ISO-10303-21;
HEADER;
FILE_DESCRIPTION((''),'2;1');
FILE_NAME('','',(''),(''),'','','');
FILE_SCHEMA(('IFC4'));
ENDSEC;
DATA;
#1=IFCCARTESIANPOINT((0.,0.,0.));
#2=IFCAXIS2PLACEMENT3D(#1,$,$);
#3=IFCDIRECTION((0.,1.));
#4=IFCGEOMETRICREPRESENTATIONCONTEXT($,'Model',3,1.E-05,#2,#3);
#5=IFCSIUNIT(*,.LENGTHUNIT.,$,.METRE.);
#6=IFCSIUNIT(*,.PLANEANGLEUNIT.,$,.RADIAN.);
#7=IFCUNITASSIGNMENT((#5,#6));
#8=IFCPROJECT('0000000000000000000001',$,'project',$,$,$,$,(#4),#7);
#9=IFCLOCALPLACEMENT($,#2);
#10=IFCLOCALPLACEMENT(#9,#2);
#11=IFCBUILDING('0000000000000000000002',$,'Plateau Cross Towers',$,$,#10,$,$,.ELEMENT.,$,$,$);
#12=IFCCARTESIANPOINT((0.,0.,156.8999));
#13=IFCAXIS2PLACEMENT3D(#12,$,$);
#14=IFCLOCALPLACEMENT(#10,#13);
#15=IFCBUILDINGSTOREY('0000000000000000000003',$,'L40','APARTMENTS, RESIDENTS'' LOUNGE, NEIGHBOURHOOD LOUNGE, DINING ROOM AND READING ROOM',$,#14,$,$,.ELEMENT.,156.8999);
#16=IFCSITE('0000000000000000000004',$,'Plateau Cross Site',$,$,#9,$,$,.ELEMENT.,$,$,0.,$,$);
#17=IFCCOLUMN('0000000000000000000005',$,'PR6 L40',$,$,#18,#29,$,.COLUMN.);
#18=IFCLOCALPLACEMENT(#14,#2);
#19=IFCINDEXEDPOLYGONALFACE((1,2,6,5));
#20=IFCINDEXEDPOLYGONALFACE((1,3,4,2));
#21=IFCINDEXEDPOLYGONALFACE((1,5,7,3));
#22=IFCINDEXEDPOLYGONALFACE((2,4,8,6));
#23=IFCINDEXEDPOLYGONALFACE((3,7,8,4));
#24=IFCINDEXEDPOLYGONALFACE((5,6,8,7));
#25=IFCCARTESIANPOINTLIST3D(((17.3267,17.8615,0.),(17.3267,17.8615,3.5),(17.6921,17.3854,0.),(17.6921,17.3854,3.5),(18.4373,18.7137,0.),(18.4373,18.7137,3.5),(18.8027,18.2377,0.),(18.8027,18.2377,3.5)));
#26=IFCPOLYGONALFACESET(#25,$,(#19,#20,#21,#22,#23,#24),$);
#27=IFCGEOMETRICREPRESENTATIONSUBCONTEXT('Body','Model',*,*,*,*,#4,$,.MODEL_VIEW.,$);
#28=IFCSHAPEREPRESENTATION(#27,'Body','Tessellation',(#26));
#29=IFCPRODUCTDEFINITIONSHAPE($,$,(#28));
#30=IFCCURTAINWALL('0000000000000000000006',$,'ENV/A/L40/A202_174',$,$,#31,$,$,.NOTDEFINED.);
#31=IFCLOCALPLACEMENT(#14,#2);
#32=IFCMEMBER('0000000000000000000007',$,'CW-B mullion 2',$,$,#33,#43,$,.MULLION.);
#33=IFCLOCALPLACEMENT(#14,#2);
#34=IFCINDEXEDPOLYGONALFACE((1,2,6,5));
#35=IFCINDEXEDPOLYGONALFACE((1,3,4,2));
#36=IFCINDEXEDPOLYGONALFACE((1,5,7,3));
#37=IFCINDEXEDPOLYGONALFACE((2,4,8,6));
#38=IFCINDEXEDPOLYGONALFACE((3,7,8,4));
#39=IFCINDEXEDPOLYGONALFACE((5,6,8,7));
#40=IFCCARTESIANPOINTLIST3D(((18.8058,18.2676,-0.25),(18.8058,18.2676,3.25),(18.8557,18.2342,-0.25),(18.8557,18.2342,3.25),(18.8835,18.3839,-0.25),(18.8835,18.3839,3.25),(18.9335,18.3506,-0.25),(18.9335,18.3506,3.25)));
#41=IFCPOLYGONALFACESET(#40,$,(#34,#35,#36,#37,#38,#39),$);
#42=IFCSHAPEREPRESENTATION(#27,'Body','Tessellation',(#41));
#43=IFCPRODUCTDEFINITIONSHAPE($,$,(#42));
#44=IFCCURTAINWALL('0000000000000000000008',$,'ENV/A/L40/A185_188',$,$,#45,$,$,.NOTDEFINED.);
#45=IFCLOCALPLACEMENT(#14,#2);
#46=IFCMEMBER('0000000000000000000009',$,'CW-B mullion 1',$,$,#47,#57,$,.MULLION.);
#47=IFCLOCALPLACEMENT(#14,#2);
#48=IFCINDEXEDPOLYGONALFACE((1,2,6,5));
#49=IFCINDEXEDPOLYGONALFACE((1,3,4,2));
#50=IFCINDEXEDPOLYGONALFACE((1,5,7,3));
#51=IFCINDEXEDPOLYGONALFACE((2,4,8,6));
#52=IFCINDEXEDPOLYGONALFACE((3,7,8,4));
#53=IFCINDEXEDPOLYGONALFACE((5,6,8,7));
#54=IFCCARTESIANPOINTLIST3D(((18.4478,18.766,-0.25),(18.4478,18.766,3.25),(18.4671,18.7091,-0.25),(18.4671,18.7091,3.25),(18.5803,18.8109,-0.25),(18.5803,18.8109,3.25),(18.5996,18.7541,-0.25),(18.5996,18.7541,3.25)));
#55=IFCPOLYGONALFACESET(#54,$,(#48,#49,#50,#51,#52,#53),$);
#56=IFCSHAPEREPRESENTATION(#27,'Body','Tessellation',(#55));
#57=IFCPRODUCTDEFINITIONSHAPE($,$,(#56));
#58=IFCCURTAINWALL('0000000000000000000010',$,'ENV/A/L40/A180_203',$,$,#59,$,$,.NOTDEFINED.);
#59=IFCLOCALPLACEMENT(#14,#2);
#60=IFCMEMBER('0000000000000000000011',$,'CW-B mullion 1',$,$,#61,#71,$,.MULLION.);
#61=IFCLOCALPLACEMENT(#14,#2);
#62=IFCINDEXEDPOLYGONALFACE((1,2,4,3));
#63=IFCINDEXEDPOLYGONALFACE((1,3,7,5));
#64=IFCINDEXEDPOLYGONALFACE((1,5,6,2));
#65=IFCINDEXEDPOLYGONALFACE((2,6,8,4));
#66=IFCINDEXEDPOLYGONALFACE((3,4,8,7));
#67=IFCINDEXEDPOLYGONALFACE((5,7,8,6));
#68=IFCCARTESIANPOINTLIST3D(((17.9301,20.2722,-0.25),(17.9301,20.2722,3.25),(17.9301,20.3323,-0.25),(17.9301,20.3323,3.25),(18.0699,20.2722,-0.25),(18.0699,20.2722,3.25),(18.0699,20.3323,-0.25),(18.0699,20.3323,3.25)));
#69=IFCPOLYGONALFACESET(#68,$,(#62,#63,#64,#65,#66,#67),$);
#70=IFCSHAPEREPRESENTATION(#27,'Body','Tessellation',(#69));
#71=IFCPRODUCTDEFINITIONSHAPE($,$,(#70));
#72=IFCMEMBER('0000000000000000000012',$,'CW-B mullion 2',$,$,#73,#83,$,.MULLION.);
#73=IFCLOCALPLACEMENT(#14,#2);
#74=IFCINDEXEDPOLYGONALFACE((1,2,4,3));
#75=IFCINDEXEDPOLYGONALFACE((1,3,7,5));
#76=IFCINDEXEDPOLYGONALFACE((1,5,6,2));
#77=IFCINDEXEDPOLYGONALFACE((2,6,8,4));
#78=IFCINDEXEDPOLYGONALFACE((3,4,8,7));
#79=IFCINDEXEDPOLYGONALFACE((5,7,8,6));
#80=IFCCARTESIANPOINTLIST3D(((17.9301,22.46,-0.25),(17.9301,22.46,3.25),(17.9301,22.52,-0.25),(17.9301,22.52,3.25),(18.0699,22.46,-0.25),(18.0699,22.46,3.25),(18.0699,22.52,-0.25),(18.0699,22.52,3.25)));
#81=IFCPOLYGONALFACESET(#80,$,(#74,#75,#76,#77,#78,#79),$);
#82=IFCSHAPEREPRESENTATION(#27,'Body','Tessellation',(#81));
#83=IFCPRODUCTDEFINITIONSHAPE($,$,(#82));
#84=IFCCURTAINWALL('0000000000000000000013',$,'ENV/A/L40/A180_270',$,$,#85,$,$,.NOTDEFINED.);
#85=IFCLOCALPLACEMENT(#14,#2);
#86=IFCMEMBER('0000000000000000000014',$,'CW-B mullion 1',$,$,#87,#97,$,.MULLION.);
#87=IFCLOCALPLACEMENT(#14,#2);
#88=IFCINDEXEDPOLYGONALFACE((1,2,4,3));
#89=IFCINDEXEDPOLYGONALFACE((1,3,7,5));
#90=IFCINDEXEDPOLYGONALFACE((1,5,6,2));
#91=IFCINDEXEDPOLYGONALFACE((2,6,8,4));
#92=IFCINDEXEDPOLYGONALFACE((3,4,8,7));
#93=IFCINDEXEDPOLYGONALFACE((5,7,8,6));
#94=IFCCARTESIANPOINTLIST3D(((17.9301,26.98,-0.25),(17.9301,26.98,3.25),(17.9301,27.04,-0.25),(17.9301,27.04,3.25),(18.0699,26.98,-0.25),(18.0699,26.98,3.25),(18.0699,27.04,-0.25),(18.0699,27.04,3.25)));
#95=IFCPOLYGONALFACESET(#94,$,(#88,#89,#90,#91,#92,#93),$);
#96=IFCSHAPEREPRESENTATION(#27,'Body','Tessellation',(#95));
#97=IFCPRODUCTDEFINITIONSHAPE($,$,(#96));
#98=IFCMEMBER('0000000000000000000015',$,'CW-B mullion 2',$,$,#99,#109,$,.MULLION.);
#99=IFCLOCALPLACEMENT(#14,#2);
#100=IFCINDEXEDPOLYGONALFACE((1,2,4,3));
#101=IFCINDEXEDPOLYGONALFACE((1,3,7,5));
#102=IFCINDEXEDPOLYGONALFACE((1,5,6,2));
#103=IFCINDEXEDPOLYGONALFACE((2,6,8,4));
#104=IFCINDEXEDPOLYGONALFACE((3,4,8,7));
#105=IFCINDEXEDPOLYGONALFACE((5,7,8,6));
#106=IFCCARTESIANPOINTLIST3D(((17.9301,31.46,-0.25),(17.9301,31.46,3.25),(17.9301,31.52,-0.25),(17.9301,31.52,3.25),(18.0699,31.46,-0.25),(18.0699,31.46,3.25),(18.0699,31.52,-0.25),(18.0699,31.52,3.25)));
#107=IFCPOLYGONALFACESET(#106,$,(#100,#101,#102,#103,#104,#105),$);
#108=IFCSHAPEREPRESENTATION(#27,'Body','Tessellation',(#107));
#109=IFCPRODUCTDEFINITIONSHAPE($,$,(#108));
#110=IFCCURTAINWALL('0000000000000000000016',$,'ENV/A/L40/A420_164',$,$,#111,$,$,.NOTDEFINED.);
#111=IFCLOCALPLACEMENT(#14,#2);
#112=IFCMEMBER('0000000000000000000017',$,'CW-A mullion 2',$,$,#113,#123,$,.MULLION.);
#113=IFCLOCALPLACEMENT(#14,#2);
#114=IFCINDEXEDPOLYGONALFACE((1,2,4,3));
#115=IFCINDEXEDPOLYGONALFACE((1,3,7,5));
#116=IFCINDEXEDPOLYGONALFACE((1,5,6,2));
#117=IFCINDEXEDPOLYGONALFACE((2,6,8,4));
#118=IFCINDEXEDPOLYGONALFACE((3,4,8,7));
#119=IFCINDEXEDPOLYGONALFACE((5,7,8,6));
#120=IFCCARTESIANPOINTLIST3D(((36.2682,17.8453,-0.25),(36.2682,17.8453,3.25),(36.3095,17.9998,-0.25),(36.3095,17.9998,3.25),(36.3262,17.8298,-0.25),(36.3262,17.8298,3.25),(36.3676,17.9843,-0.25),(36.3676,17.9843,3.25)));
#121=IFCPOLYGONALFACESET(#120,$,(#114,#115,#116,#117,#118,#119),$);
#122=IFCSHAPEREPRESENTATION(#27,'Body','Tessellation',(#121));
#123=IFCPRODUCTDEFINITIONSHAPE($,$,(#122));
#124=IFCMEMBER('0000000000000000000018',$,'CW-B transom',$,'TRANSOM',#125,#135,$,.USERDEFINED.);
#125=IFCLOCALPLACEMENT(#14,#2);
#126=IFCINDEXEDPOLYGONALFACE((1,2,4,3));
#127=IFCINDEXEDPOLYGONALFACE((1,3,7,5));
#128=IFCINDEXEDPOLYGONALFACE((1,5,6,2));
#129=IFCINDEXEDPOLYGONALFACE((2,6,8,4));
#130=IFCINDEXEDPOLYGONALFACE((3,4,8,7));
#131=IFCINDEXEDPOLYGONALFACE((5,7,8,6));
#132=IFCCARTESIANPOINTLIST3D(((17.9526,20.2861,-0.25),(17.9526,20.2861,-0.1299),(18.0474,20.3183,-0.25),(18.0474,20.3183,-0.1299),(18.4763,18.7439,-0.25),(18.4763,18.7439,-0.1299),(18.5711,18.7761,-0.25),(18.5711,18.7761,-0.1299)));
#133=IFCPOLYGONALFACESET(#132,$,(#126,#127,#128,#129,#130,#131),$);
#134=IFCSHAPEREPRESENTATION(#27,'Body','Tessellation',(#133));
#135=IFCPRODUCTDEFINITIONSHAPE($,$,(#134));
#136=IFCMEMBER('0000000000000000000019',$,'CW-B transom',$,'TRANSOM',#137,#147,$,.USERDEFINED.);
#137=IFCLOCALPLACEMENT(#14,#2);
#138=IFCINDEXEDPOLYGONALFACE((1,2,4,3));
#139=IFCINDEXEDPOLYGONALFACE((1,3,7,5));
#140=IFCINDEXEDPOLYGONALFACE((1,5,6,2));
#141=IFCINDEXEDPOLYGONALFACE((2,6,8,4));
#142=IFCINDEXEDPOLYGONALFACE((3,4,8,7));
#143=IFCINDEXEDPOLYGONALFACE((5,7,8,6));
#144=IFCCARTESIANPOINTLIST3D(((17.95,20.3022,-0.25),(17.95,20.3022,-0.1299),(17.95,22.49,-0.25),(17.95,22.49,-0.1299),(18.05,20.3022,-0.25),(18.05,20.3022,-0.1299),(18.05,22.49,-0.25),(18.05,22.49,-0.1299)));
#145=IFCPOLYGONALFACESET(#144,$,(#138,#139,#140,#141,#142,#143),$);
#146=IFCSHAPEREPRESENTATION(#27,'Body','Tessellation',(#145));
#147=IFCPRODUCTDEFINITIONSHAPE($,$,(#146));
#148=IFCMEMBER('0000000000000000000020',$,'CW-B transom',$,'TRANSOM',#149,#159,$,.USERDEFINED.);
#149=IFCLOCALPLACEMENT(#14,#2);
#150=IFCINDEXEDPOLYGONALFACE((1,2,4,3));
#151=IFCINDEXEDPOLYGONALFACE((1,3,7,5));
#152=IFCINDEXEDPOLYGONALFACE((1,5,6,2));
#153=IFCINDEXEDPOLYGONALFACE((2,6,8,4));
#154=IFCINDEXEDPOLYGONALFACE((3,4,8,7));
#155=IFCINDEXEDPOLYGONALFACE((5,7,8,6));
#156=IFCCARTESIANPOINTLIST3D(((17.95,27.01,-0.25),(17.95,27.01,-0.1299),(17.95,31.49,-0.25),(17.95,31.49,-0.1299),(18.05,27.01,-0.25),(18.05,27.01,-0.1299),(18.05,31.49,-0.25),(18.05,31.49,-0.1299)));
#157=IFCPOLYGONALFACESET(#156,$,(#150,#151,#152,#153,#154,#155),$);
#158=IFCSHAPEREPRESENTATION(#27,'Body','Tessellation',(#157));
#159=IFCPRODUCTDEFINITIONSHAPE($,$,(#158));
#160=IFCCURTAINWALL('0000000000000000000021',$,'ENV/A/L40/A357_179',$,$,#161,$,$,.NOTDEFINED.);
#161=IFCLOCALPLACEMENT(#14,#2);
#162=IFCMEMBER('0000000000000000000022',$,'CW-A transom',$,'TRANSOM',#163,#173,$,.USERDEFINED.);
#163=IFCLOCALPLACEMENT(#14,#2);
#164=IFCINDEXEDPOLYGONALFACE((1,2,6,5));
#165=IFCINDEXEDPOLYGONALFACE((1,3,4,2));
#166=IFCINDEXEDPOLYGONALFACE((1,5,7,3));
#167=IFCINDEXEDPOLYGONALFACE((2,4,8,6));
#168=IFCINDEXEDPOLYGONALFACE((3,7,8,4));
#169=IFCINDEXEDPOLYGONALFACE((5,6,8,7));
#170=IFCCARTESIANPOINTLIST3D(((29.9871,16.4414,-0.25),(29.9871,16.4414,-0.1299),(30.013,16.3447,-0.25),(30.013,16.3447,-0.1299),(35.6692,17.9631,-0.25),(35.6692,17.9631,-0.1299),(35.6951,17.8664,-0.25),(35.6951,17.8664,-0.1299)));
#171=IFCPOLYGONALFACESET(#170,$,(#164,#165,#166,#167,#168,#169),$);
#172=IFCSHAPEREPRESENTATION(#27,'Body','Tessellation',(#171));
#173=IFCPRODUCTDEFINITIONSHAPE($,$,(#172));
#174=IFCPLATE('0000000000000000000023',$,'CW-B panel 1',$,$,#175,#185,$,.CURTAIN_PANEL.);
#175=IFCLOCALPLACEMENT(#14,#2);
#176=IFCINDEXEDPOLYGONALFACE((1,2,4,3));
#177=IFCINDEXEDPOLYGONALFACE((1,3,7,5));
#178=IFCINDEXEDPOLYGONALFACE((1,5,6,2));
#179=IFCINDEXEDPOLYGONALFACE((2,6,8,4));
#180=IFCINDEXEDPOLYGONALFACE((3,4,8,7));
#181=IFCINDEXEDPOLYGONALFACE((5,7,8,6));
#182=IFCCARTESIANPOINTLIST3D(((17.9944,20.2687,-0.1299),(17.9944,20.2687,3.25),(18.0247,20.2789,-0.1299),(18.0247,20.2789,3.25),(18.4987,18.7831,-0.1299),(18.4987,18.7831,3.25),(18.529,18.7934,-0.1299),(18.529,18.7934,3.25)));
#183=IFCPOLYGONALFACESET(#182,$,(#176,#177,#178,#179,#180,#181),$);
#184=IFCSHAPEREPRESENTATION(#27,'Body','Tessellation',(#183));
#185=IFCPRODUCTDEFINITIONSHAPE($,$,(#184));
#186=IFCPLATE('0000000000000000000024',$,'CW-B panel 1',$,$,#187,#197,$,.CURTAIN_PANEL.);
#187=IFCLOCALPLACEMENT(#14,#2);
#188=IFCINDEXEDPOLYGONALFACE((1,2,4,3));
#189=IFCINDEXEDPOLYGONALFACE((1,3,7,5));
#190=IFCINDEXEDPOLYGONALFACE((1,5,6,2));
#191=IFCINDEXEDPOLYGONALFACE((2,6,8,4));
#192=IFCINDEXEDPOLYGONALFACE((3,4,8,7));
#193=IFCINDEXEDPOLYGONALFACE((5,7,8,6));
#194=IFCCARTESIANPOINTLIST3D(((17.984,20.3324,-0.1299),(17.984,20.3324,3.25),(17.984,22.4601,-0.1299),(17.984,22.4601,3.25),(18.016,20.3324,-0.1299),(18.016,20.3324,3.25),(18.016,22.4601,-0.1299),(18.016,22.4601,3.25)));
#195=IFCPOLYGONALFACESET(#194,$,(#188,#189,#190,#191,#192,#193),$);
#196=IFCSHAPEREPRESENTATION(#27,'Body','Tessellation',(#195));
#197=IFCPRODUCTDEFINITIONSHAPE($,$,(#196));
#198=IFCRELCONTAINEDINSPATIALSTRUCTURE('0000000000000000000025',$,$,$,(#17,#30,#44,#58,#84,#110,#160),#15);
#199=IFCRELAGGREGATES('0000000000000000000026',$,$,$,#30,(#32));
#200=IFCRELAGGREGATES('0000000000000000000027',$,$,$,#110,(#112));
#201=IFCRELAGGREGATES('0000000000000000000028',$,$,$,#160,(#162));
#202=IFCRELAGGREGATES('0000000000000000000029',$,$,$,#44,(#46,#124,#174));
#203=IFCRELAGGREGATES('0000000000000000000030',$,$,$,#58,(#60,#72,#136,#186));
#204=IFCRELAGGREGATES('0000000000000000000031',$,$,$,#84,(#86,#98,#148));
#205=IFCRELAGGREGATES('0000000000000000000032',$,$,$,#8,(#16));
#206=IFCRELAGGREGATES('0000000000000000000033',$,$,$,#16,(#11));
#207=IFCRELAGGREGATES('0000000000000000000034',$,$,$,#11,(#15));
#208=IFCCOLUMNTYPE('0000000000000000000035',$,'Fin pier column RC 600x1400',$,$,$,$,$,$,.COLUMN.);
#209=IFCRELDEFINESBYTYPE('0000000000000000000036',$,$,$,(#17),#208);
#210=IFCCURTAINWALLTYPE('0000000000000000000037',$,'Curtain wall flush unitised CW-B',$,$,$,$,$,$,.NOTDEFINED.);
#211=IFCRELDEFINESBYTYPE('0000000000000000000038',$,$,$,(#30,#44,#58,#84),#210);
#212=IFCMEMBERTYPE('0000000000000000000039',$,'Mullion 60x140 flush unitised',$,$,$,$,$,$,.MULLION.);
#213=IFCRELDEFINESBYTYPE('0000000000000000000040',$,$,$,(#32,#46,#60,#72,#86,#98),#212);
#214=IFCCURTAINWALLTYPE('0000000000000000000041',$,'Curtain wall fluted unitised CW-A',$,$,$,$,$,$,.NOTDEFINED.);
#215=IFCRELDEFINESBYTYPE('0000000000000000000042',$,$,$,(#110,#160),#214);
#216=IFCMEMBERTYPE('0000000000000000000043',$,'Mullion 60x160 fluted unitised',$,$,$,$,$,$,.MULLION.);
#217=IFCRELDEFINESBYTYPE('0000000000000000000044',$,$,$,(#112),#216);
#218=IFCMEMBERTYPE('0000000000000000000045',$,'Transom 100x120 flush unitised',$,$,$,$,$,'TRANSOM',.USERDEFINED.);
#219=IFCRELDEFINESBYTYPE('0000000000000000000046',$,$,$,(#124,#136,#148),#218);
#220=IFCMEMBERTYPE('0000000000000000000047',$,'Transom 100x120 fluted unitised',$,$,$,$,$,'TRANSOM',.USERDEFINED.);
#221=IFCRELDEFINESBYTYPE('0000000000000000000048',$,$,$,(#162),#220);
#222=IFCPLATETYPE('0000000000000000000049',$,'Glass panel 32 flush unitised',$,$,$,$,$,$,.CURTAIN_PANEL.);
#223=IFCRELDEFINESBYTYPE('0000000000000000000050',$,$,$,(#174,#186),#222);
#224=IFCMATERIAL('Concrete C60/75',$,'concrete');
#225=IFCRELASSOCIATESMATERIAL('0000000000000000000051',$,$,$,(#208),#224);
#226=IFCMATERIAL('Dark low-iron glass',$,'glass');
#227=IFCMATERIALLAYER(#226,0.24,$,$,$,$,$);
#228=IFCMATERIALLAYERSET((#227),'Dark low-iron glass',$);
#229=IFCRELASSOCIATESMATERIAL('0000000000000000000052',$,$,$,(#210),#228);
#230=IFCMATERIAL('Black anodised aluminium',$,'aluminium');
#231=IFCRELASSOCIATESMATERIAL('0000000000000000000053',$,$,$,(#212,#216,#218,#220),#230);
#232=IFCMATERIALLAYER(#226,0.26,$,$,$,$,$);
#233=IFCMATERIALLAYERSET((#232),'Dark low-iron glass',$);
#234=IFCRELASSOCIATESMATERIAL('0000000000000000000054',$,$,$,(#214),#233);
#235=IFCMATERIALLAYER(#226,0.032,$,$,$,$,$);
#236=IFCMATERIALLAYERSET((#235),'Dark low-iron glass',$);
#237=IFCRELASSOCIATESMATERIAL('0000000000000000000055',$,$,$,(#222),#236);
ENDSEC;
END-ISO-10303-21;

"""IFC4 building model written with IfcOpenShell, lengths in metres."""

from ifc_helpers import new_model, si_unit, direction, frame, origin, origin_2d, place, context, subcontext, project, spatial, rectangle, extrude, material, layer, layer_set, material_profile, profile_set, type_object, element, aggregate, save


model = new_model("IFC4")

# Units and contexts
model_context = context("Model", 3, precision=1e-05, world=origin(), true_north=direction((0.0, 1.0)))
body_context = subcontext(model_context, "Body", "Model", "MODEL_VIEW")
ifc_project = project(units=[si_unit("LENGTHUNIT", "METRE"), si_unit("PLANEANGLEUNIT", "RADIAN")], contexts=[model_context])

# Site, building, storey
site_placement = place(None, origin())
site = spatial("IfcSite", under=ifc_project, at=site_placement, Name="Plateau Cross Site", CompositionType="ELEMENT", RefElevation=0.0)
building_placement = place(site_placement, origin())
building = spatial("IfcBuilding", under=site, at=building_placement, Name="Plateau Cross Towers", CompositionType="ELEMENT")
storey_placement = place(building_placement, frame((0.0, 0.0, 156.8999)))
storey = spatial("IfcBuildingStorey", under=building, at=storey_placement, Name="L40", Description="APARTMENTS, RESIDENTS' LOUNGE, NEIGHBOURHOOD LOUNGE, DINING ROOM AND READING ROOM", CompositionType="ELEMENT", Elevation=156.8999)

# Column
ifc_material_1 = material(Name="Concrete C60/75", Category="concrete")
ifc_material_profile_1 = material_profile(ifc_material_1, rectangle(XDim=0.6001, YDim=1.3999, at=origin_2d()), Name="RC 600x1400")
ifc_profile_set_1 = profile_set([ifc_material_profile_1], Name="Concrete C60/75")
column_type = type_object("IfcColumnType", Name="Fin pier column RC 600x1400", PredefinedType="COLUMN", material=ifc_profile_set_1)
column_placement = place(storey_placement, frame((18.0647, 18.0496, 0.0), z_axis=(0.0, 0.0, 1.0), x_axis=(-0.608811, 0.793315, 0.0)))
element("IfcColumn", 1, at=column_placement, inside=storey, type_object=column_type, Name="PR6 L40", PredefinedType="COLUMN", context=body_context, shape_type="SweptSolid", body=[
    extrude(rectangle(XDim=0.6001, YDim=1.3999, at=origin_2d()), origin(), (0.0, 0.0, 1.0), 3.5),
])

# Curtain walls, members
ifc_material_2 = material(Name="Dark low-iron glass", Category="glass")
ifc_layer_1 = layer(ifc_material_2, 0.24)
ifc_layer_set_1 = layer_set([ifc_layer_1], Name="Dark low-iron glass")
curtain_wall_type_1 = type_object("IfcCurtainWallType", Name="Curtain wall flush unitised CW-B", PredefinedType="NOTDEFINED", material=ifc_layer_set_1)
curtain_wall_1_placement = place(storey_placement, origin())
curtain_wall_1 = element("IfcCurtainWall", 2, at=curtain_wall_1_placement, inside=storey, type_object=curtain_wall_type_1, Name="ENV/A/L40/A202_174", PredefinedType="NOTDEFINED")
ifc_material_3 = material(Name="Black anodised aluminium", Category="aluminium")
ifc_material_profile_2 = material_profile(ifc_material_3, rectangle(XDim=0.0601, YDim=0.1399, at=origin_2d()), Name="MULLION 60x140")
ifc_profile_set_2 = profile_set([ifc_material_profile_2], Name="Black anodised aluminium")
member_type_1 = type_object("IfcMemberType", Name="Mullion 60x140 flush unitised", PredefinedType="MULLION", material=ifc_profile_set_2)
member_1_placement = place(storey_placement, frame((18.8696, 18.3091, -0.25), z_axis=(0.0, 0.0, 1.0), x_axis=(-0.831521, 0.555493, 0.0)))
member_1 = element("IfcMember", 3, at=member_1_placement, type_object=member_type_1, Name="CW-B mullion 2", PredefinedType="MULLION", context=body_context, shape_type="SweptSolid", body=[
    extrude(rectangle(XDim=0.0601, YDim=0.1399, at=origin_2d()), origin(), (0.0, 0.0, 1.0), 3.5),
])
aggregate(curtain_wall_1, [member_1])
curtain_wall_2_placement = place(storey_placement, origin())
curtain_wall_2 = element("IfcCurtainWall", 4, at=curtain_wall_2_placement, inside=storey, type_object=curtain_wall_type_1, Name="ENV/A/L40/A185_188", PredefinedType="NOTDEFINED")
member_2_placement = place(storey_placement, frame((18.5237, 18.76, -0.25), z_axis=(0.0, 0.0, 1.0), x_axis=(-0.321469, 0.94692, 0.0)))
member_2 = element("IfcMember", 5, at=member_2_placement, type_object=member_type_1, Name="CW-B mullion 1", PredefinedType="MULLION", context=body_context, shape_type="SweptSolid", body=[
    extrude(rectangle(XDim=0.0601, YDim=0.1399, at=origin_2d()), origin(), (0.0, 0.0, 1.0), 3.5),
])

# Curtain walls, members
curtain_wall_3_placement = place(storey_placement, origin())
curtain_wall_3 = element("IfcCurtainWall", 6, at=curtain_wall_3_placement, inside=storey, type_object=curtain_wall_type_1, Name="ENV/A/L40/A180_203", PredefinedType="NOTDEFINED")
member_3_placement = place(storey_placement, frame((18.0, 20.3022, -0.25), z_axis=(0.0, 0.0, 1.0), x_axis=(0.0, 1.0, 0.0)))
member_3 = element("IfcMember", 7, at=member_3_placement, type_object=member_type_1, Name="CW-B mullion 1", PredefinedType="MULLION", context=body_context, shape_type="SweptSolid", body=[
    extrude(rectangle(XDim=0.0601, YDim=0.1399, at=origin_2d()), origin(), (0.0, 0.0, 1.0), 3.5),
])
member_4_placement = place(storey_placement, frame((18.0, 22.49, -0.25), z_axis=(0.0, 0.0, 1.0), x_axis=(0.0, 1.0, 0.0)))
member_4 = element("IfcMember", 8, at=member_4_placement, type_object=member_type_1, Name="CW-B mullion 2", PredefinedType="MULLION", context=body_context, shape_type="SweptSolid", body=[
    extrude(rectangle(XDim=0.0601, YDim=0.1399, at=origin_2d()), origin(), (0.0, 0.0, 1.0), 3.5),
])
curtain_wall_4_placement = place(storey_placement, origin())
curtain_wall_4 = element("IfcCurtainWall", 9, at=curtain_wall_4_placement, inside=storey, type_object=curtain_wall_type_1, Name="ENV/A/L40/A180_270", PredefinedType="NOTDEFINED")
member_5_placement = place(storey_placement, frame((18.0, 27.01, -0.25), z_axis=(0.0, 0.0, 1.0), x_axis=(0.0, 1.0, 0.0)))
member_5 = element("IfcMember", 10, at=member_5_placement, type_object=member_type_1, Name="CW-B mullion 1", PredefinedType="MULLION", context=body_context, shape_type="SweptSolid", body=[
    extrude(rectangle(XDim=0.0601, YDim=0.1399, at=origin_2d()), origin(), (0.0, 0.0, 1.0), 3.5),
])
member_6_placement = place(storey_placement, frame((18.0, 31.49, -0.25), z_axis=(0.0, 0.0, 1.0), x_axis=(0.0, 1.0, 0.0)))
member_6 = element("IfcMember", 11, at=member_6_placement, type_object=member_type_1, Name="CW-B mullion 2", PredefinedType="MULLION", context=body_context, shape_type="SweptSolid", body=[
    extrude(rectangle(XDim=0.0601, YDim=0.1399, at=origin_2d()), origin(), (0.0, 0.0, 1.0), 3.5),
])

# Curtain wall, member
ifc_layer_2 = layer(ifc_material_2, 0.26)
ifc_layer_set_2 = layer_set([ifc_layer_2], Name="Dark low-iron glass")
curtain_wall_type_2 = type_object("IfcCurtainWallType", Name="Curtain wall fluted unitised CW-A", PredefinedType="NOTDEFINED", material=ifc_layer_set_2)
curtain_wall_5_placement = place(storey_placement, origin())
curtain_wall_5 = element("IfcCurtainWall", 12, at=curtain_wall_5_placement, inside=storey, type_object=curtain_wall_type_2, Name="ENV/A/L40/A420_164", PredefinedType="NOTDEFINED")
ifc_material_profile_3 = material_profile(ifc_material_3, rectangle(XDim=0.0601, YDim=0.1599, at=origin_2d()), Name="MULLION 60x160")
ifc_profile_set_3 = profile_set([ifc_material_profile_3], Name="Black anodised aluminium")
member_type_2 = type_object("IfcMemberType", Name="Mullion 60x160 fluted unitised", PredefinedType="MULLION", material=ifc_profile_set_3)
member_7_placement = place(storey_placement, frame((36.3179, 17.9148, -0.25), z_axis=(0.0, 0.0, 1.0), x_axis=(-0.965958, 0.258699, 0.0)))
member_7 = element("IfcMember", 13, at=member_7_placement, type_object=member_type_2, Name="CW-A mullion 2", PredefinedType="MULLION", context=body_context, shape_type="SweptSolid", body=[
    extrude(rectangle(XDim=0.0601, YDim=0.1599, at=origin_2d()), origin(), (0.0, 0.0, 1.0), 3.5),
])
aggregate(curtain_wall_5, [member_7])

# Members
ifc_material_profile_4 = material_profile(ifc_material_3, rectangle(XDim=0.1001, YDim=0.1201, at=origin_2d()), Name="TRANSOM 100x120")
ifc_profile_set_4 = profile_set([ifc_material_profile_4], Name="Black anodised aluminium")
member_type_3 = type_object("IfcMemberType", Name="Transom 100x120 flush unitised", ElementType="TRANSOM", PredefinedType="USERDEFINED", material=ifc_profile_set_4)
member_8_placement = place(storey_placement, frame((18.5237, 18.76, -0.1899), z_axis=(-0.321529, 0.9469, 0.0), x_axis=(-0.9469, -0.321529, 0.0)))
member_8 = element("IfcMember", 14, at=member_8_placement, type_object=member_type_3, Name="CW-B transom", ObjectType="TRANSOM", PredefinedType="USERDEFINED", context=body_context, shape_type="SweptSolid", body=[
    extrude(rectangle(XDim=0.1001, YDim=0.1201, at=origin_2d()), origin(), (0.0, 0.0, 1.0), 1.6287),
])
member_9_placement = place(storey_placement, frame((18.0, 20.3022, -0.1899), z_axis=(0.0, 1.0, 0.0), x_axis=(-1.0, 0.0, 0.0)))
member_9 = element("IfcMember", 15, at=member_9_placement, type_object=member_type_3, Name="CW-B transom", ObjectType="TRANSOM", PredefinedType="USERDEFINED", context=body_context, shape_type="SweptSolid", body=[
    extrude(rectangle(XDim=0.1001, YDim=0.1201, at=origin_2d()), origin(), (0.0, 0.0, 1.0), 2.1877),
])
member_10_placement = place(storey_placement, frame((18.0, 27.01, -0.1899), z_axis=(0.0, 1.0, 0.0), x_axis=(-1.0, 0.0, 0.0)))
member_10 = element("IfcMember", 16, at=member_10_placement, type_object=member_type_3, Name="CW-B transom", ObjectType="TRANSOM", PredefinedType="USERDEFINED", context=body_context, shape_type="SweptSolid", body=[
    extrude(rectangle(XDim=0.1001, YDim=0.1201, at=origin_2d()), origin(), (0.0, 0.0, 1.0), 4.48),
])

# Curtain wall, member
curtain_wall_6_placement = place(storey_placement, origin())
curtain_wall_6 = element("IfcCurtainWall", 17, at=curtain_wall_6_placement, inside=storey, type_object=curtain_wall_type_2, Name="ENV/A/L40/A357_179", PredefinedType="NOTDEFINED")
ifc_material_profile_5 = material_profile(ifc_material_3, rectangle(XDim=0.1001, YDim=0.1201, at=origin_2d()), Name="TRANSOM 100x120")
ifc_profile_set_5 = profile_set([ifc_material_profile_5], Name="Black anodised aluminium")
member_type_4 = type_object("IfcMemberType", Name="Transom 100x120 fluted unitised", ElementType="TRANSOM", PredefinedType="USERDEFINED", material=ifc_profile_set_5)
member_11_placement = place(storey_placement, frame((35.6821, 17.9148, -0.1899), z_axis=(-0.96596, -0.258693, 0.0), x_axis=(0.258693, -0.96596, 0.0)))
member_11 = element("IfcMember", 18, at=member_11_placement, type_object=member_type_4, Name="CW-A transom", ObjectType="TRANSOM", PredefinedType="USERDEFINED", context=body_context, shape_type="SweptSolid", body=[
    extrude(rectangle(XDim=0.1001, YDim=0.1201, at=origin_2d()), origin(), (0.0, 0.0, 1.0), 5.8823),
])
aggregate(curtain_wall_6, [member_11])

# Plates
ifc_layer_3 = layer(ifc_material_2, 0.032)
ifc_layer_set_3 = layer_set([ifc_layer_3], Name="Dark low-iron glass")
plate_type = type_object("IfcPlateType", Name="Glass panel 32 flush unitised", PredefinedType="CURTAIN_PANEL", material=ifc_layer_set_3)
plate_1_placement = place(storey_placement, frame((18.2617, 19.531, -0.1299), z_axis=(0.0, 0.0, 1.0), x_axis=(-0.321469, 0.94692, 0.0)))
plate_1 = element("IfcPlate", 19, at=plate_1_placement, type_object=plate_type, Name="CW-B panel 1", PredefinedType="CURTAIN_PANEL", context=body_context, shape_type="SweptSolid", body=[
    extrude(rectangle(XDim=1.5688, YDim=0.032, at=origin_2d()), origin(), (0.0, 0.0, 1.0), 3.3799),
])
aggregate(curtain_wall_2, [member_2, member_8, plate_1])
plate_2_placement = place(storey_placement, frame((18.0, 21.3962, -0.1299), z_axis=(0.0, 0.0, 1.0), x_axis=(0.0, 1.0, 0.0)))
plate_2 = element("IfcPlate", 20, at=plate_2_placement, type_object=plate_type, Name="CW-B panel 1", PredefinedType="CURTAIN_PANEL", context=body_context, shape_type="SweptSolid", body=[
    extrude(rectangle(XDim=2.1277, YDim=0.032, at=origin_2d()), origin(), (0.0, 0.0, 1.0), 3.3799),
])
aggregate(curtain_wall_3, [member_3, member_4, member_9, plate_2])
aggregate(curtain_wall_4, [member_5, member_6, member_10])

save(model, "model.ifc")
